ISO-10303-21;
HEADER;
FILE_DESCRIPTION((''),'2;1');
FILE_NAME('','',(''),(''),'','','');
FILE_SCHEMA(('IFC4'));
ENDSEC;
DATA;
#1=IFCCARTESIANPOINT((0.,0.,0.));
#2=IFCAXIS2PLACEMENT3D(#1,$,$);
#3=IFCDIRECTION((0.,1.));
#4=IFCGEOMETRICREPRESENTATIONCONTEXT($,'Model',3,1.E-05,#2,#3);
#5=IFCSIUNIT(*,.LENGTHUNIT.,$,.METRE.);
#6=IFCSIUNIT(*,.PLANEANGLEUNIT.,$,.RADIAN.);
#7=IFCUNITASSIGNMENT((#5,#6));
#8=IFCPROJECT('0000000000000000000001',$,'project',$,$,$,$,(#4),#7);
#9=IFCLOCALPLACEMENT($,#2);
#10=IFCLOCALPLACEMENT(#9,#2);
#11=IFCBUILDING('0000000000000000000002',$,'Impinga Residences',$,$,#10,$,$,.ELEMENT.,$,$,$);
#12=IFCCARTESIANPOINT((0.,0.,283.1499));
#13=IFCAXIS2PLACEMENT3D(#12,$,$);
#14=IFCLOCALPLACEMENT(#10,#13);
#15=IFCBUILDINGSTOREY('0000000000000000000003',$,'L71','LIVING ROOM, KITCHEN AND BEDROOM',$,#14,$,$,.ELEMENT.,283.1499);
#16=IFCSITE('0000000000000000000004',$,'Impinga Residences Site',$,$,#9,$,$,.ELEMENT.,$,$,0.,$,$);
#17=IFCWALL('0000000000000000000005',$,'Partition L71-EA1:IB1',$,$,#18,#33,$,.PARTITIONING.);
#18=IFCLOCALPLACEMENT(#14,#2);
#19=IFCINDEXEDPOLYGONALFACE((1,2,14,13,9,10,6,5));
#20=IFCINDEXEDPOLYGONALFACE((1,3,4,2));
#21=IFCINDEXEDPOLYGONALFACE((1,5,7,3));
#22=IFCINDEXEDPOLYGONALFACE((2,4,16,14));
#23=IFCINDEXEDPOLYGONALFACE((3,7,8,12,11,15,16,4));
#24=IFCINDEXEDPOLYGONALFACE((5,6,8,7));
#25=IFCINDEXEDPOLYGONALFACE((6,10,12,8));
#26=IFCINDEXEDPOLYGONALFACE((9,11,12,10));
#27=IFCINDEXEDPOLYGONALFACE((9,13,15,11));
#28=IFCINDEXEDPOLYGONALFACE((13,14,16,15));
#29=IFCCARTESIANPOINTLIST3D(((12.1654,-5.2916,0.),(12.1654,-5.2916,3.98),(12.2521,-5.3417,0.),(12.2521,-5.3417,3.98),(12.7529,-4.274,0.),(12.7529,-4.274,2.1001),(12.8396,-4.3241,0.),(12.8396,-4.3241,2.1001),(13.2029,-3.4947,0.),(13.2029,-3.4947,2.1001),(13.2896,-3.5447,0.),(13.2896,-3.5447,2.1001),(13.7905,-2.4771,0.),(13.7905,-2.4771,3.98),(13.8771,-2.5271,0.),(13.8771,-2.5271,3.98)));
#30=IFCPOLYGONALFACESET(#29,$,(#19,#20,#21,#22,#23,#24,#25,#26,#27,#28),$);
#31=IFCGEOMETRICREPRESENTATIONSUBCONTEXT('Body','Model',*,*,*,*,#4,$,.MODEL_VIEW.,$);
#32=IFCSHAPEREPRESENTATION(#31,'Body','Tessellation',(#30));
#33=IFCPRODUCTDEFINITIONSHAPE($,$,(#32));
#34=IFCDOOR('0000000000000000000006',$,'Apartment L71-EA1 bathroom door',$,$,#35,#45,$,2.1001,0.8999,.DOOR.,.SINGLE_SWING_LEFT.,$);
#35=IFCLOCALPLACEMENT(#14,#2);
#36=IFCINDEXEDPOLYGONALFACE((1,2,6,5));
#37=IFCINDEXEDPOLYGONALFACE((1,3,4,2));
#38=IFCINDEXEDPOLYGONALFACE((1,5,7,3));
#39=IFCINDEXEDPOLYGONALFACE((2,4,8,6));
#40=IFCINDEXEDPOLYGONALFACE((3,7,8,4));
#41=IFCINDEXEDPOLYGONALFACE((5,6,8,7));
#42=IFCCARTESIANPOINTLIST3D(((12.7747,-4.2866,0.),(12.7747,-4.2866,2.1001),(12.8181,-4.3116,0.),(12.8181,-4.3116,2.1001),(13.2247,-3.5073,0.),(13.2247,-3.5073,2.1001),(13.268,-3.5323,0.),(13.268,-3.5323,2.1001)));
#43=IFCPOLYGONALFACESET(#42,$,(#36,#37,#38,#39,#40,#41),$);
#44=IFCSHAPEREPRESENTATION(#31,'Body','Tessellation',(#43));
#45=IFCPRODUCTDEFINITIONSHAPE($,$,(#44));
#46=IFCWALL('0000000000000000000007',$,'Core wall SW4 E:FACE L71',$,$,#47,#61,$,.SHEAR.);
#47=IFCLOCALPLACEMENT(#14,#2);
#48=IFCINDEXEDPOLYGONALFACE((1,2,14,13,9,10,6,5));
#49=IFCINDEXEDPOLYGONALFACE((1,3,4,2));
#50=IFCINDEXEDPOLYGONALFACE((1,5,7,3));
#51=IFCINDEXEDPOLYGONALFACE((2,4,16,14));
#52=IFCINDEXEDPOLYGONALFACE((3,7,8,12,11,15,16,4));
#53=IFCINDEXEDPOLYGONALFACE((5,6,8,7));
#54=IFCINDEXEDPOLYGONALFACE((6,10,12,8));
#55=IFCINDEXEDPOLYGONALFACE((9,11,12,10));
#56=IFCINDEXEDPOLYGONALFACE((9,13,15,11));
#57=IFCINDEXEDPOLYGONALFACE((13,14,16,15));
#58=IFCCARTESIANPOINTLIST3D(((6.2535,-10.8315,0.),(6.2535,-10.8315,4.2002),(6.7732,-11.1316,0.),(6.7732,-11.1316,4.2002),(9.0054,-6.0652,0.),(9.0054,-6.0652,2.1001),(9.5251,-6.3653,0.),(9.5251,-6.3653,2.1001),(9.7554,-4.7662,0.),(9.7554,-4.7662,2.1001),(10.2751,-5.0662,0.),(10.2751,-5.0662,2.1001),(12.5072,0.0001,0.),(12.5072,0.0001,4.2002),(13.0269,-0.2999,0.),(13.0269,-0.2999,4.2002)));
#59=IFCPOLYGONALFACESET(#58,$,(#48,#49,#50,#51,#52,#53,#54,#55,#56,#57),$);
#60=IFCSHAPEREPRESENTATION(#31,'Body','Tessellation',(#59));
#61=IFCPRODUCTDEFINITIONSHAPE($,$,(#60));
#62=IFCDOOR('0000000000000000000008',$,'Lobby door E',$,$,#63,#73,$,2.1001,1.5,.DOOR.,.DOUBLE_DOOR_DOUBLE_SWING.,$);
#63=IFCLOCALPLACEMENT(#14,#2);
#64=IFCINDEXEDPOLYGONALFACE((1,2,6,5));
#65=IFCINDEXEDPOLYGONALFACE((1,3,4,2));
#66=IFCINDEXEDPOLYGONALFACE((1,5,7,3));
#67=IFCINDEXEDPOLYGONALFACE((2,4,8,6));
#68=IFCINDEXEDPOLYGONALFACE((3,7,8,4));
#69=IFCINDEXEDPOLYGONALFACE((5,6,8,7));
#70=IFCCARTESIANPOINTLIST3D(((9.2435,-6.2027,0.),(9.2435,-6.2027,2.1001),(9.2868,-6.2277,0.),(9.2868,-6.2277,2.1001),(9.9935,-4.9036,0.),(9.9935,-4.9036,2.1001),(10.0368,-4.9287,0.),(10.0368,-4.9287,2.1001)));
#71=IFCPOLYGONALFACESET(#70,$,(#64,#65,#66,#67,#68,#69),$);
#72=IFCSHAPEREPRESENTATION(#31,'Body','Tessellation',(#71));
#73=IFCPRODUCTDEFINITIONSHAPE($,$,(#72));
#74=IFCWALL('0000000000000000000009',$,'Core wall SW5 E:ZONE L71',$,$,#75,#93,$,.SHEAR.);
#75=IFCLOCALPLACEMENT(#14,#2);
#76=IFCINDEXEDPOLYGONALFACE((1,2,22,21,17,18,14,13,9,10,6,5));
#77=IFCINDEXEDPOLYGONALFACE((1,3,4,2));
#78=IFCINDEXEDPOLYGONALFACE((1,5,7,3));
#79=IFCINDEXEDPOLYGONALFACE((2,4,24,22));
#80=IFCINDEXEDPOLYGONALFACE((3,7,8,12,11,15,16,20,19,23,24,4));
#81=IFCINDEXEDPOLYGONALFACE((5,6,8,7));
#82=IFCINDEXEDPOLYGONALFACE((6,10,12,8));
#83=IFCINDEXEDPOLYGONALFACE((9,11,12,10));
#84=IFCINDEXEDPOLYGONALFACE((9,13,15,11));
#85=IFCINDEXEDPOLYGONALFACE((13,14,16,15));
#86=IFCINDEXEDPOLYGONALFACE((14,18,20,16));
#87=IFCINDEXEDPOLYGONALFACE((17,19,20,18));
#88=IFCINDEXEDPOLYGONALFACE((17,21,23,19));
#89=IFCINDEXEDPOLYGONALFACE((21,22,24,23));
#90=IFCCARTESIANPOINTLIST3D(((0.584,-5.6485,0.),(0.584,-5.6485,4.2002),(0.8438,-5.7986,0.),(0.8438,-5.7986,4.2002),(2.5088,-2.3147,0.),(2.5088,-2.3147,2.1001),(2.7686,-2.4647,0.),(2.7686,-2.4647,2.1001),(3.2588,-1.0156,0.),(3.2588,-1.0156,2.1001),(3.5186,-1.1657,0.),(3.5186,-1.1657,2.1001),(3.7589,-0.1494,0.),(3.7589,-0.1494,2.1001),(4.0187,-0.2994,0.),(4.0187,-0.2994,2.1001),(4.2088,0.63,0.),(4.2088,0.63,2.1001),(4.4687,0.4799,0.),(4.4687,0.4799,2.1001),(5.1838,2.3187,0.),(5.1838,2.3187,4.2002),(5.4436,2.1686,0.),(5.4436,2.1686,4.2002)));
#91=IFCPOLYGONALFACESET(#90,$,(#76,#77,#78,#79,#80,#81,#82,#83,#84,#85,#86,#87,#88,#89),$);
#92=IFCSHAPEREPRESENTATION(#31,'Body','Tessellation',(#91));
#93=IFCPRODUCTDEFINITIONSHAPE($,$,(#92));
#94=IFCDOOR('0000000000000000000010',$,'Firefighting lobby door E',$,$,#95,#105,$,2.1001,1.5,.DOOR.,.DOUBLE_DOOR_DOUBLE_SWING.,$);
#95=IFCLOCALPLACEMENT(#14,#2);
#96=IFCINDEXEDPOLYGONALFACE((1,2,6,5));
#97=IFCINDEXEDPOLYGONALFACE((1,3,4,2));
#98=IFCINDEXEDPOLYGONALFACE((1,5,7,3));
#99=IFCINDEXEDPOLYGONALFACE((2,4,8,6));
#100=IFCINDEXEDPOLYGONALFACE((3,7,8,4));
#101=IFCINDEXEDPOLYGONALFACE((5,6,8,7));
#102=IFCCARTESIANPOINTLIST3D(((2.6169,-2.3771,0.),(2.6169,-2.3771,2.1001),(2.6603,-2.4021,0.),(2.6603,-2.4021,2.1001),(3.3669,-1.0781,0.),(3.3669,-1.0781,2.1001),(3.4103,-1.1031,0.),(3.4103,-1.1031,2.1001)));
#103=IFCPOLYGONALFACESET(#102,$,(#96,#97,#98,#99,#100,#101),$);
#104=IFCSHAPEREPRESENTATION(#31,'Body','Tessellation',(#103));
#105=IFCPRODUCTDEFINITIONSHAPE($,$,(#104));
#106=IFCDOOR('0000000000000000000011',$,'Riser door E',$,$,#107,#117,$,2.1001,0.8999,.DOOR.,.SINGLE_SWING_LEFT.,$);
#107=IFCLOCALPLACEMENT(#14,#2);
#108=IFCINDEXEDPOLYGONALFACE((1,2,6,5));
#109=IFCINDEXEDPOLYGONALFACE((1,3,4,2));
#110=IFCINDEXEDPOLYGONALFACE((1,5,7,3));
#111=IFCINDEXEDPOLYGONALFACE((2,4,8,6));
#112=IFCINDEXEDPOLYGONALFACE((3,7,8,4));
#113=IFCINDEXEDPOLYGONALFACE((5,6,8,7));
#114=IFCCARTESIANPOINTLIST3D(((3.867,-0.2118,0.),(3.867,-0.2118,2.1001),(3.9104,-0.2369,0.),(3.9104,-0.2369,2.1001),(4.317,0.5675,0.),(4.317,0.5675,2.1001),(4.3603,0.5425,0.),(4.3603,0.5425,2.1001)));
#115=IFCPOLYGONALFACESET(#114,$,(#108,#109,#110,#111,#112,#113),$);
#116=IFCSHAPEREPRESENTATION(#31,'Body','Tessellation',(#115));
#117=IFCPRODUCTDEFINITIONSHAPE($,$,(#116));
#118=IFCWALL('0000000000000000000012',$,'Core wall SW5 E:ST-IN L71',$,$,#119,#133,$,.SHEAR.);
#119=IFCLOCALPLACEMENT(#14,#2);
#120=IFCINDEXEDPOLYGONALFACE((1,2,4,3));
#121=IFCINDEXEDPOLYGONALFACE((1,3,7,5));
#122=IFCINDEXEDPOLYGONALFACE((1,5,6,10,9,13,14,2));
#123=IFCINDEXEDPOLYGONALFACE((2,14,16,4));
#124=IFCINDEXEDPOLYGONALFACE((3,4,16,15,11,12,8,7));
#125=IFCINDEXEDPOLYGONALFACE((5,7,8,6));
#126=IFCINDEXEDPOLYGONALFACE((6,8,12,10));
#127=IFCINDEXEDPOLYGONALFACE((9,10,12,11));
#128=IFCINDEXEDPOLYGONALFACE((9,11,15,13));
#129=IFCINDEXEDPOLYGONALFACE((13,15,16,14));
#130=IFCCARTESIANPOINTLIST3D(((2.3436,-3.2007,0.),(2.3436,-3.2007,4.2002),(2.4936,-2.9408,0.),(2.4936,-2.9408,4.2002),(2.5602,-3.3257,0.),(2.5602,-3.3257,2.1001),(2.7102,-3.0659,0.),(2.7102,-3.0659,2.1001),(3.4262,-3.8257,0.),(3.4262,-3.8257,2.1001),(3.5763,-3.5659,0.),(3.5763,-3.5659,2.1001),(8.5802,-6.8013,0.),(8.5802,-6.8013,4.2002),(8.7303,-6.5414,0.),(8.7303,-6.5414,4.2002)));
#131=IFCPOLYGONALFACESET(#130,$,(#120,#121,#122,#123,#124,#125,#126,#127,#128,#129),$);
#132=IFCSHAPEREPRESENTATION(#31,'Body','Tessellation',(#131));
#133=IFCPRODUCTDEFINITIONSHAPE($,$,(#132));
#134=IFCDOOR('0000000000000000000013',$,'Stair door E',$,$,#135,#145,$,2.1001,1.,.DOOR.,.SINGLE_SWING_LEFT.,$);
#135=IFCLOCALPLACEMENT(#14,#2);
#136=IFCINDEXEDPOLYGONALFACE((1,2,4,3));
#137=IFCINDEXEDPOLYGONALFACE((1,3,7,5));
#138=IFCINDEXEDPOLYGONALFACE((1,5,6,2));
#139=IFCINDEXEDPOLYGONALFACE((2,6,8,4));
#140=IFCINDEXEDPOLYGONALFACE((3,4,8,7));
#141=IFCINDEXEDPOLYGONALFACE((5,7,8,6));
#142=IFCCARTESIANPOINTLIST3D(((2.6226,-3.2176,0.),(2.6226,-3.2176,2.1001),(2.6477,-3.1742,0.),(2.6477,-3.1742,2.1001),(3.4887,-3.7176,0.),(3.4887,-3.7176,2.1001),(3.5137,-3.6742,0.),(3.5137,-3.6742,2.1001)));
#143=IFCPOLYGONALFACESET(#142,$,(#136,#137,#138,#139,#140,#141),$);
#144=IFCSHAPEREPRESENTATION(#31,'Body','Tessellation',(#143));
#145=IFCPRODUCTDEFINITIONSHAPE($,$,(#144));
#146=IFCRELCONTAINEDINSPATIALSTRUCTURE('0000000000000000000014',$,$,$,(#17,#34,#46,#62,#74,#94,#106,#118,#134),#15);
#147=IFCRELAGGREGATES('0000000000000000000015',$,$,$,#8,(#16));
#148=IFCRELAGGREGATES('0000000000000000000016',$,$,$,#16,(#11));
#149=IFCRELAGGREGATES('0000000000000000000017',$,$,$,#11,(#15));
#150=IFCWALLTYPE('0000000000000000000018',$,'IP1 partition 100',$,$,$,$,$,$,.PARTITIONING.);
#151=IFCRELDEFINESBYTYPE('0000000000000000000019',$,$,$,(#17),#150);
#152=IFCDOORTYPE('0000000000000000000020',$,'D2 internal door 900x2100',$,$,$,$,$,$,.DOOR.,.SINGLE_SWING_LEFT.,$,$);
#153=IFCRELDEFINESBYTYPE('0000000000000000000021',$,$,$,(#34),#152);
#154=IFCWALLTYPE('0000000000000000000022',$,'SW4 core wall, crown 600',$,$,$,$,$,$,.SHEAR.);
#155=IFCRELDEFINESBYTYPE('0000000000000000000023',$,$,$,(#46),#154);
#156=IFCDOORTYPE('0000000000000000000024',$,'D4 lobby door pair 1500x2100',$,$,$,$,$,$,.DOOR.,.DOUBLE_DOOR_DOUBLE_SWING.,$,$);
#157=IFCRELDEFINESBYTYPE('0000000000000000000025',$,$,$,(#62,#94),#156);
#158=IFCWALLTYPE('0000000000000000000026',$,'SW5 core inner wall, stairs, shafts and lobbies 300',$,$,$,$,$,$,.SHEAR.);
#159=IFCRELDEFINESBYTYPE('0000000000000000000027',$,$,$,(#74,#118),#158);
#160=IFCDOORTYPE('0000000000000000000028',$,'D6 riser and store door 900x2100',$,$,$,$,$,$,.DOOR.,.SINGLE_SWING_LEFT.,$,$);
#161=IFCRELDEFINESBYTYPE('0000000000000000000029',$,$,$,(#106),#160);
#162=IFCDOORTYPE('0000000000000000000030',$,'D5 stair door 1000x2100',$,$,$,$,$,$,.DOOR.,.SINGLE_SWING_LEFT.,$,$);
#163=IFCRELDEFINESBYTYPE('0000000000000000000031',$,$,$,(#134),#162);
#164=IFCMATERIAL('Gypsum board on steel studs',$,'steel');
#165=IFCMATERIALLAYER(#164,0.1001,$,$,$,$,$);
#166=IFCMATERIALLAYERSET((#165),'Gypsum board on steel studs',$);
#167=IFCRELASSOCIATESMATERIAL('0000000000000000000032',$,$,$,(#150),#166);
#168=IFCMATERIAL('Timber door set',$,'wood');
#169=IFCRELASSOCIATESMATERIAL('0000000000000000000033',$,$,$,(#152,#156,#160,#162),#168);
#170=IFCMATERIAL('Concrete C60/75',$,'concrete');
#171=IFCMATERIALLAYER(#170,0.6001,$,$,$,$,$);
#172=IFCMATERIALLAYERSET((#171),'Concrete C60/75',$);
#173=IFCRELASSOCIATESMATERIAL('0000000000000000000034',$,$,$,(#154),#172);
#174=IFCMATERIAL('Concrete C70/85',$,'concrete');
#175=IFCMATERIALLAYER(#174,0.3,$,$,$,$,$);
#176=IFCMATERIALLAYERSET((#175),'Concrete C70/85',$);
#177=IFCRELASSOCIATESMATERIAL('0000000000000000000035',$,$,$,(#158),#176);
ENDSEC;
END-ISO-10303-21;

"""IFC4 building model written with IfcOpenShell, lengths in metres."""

from ifc_helpers import new_model, si_unit, direction, frame, frame_2d, origin, place, context, subcontext, project, spatial, rectangle, extrude, material, layer, layer_set, type_object, element, fill, save


model = new_model("IFC4")

# Units and contexts
model_context = context("Model", 3, precision=1e-05, world=origin(), true_north=direction((0.0, 1.0)))
body_context = subcontext(model_context, "Body", "Model", "MODEL_VIEW")
ifc_project = project(units=[si_unit("LENGTHUNIT", "METRE"), si_unit("PLANEANGLEUNIT", "RADIAN")], contexts=[model_context])

# Site, building, storey
site_placement = place(None, origin())
site = spatial("IfcSite", under=ifc_project, at=site_placement, Name="Impinga Residences Site", CompositionType="ELEMENT", RefElevation=0.0)
building_placement = place(site_placement, origin())
building = spatial("IfcBuilding", under=site, at=building_placement, Name="Impinga Residences", CompositionType="ELEMENT")
storey_placement = place(building_placement, frame((0.0, 0.0, 283.1499)))
storey = spatial("IfcBuildingStorey", under=building, at=storey_placement, Name="L71", Description="LIVING ROOM, KITCHEN AND BEDROOM", CompositionType="ELEMENT", Elevation=283.1499)

# Shared definitions
ifc_material_1 = material(Name="Concrete C60/75", Category="concrete")
ifc_material_2 = material(Name="Timber door set", Category="wood")

# Shared definitions
ifc_material_3 = material(Name="Gypsum board on steel studs", Category="steel")
ifc_layer_1 = layer(ifc_material_3, 0.1001)
ifc_layer_set_1 = layer_set([ifc_layer_1], Name="Gypsum board on steel studs")
wall_type_1 = type_object("IfcWallType", Name="IP1 partition 100", PredefinedType="PARTITIONING", material=ifc_layer_set_1)

# Shared definitions
door_type_1 = type_object("IfcDoorType", Name="D2 internal door 900x2100", OperationType="SINGLE_SWING_LEFT", PredefinedType="DOOR", material=ifc_material_2)

# Walls, openings, doors
wall_1_placement = place(storey_placement, frame((12.2087, -5.3167, 0.0), z_axis=(0.0, 0.0, 1.0), x_axis=(0.500017, 0.866015, 0.0)))
wall_1 = element("IfcWall", 1, at=wall_1_placement, inside=storey, type_object=wall_type_1, Name="Partition L71-EA1:IB1", PredefinedType="PARTITIONING", context=body_context, shape_type="SweptSolid", body=[
    extrude(rectangle(XDim=3.25, YDim=0.1001, at=frame_2d((1.625, 0.0))), origin(), (0.0, 0.0, 1.0), 3.98),
])
opening_1_placement = place(wall_1_placement, frame((1.175, 0.0, 0.0)))
opening_1 = element("IfcOpeningElement", 2, at=opening_1_placement, cuts=wall_1, PredefinedType="OPENING", context=body_context, shape_type="SweptSolid", body=[
    extrude(rectangle(XDim=0.8999, YDim=2.1001, at=frame_2d((0.45, 1.05))), frame((0.0, 0.0601, 0.0), z_axis=(0.0, -1.0, 0.0), x_axis=(1.0, 0.0, 0.0)), (0.0, 0.0, 1.0), 0.1201),
])
door_1_placement = place(opening_1_placement, origin())
door_1 = element("IfcDoor", 3, at=door_1_placement, inside=storey, type_object=door_type_1, Name="Apartment L71-EA1 bathroom door", OperationType="SINGLE_SWING_LEFT", OverallHeight=2.1001, OverallWidth=0.8999, PredefinedType="DOOR", context=body_context, shape_type="SweptSolid", body=[
    extrude(rectangle(XDim=0.8999, YDim=2.1001, at=frame_2d((0.45, 1.05))), frame((0.0, 0.0249, 0.0), z_axis=(0.0, -1.0, 0.0), x_axis=(1.0, 0.0, 0.0)), (0.0, 0.0, 1.0), 0.05),
])
fill(opening_1, door_1)
ifc_layer_2 = layer(ifc_material_1, 0.6001)
ifc_layer_set_2 = layer_set([ifc_layer_2], Name="Concrete C60/75")
wall_type_2 = type_object("IfcWallType", Name="SW4 core wall, crown 600", PredefinedType="SHEAR", material=ifc_layer_set_2)
wall_2_placement = place(storey_placement, frame((12.7671, -0.1499, 0.0), z_axis=(0.0, 0.0, 1.0), x_axis=(-0.500004, -0.866023, 0.0)))
wall_2 = element("IfcWall", 4, at=wall_2_placement, inside=storey, type_object=wall_type_2, Name="Core wall SW4 E:FACE L71", PredefinedType="SHEAR", context=body_context, shape_type="SweptSolid", body=[
    extrude(rectangle(XDim=12.5073, YDim=0.6001, at=frame_2d((6.2537, 0.0))), origin(), (0.0, 0.0, 1.0), 4.2002),
])
opening_2_placement = place(wall_2_placement, frame((5.5037, 0.0, 0.0)))
opening_2 = element("IfcOpeningElement", 5, at=opening_2_placement, cuts=wall_2, PredefinedType="OPENING", context=body_context, shape_type="SweptSolid", body=[
    extrude(rectangle(XDim=1.5, YDim=2.1001, at=frame_2d((0.75, 1.05))), frame((0.0, 0.3101, 0.0), z_axis=(0.0, -1.0, 0.0), x_axis=(1.0, 0.0, 0.0)), (0.0, 0.0, 1.0), 0.6201),
])
door_type_2 = type_object("IfcDoorType", Name="D4 lobby door pair 1500x2100", OperationType="DOUBLE_DOOR_DOUBLE_SWING", PredefinedType="DOOR", material=ifc_material_2)
door_2_placement = place(opening_2_placement, origin())
door_2 = element("IfcDoor", 6, at=door_2_placement, inside=storey, type_object=door_type_2, Name="Lobby door E", OperationType="DOUBLE_DOOR_DOUBLE_SWING", OverallHeight=2.1001, OverallWidth=1.5, PredefinedType="DOOR", context=body_context, shape_type="SweptSolid", body=[
    extrude(rectangle(XDim=1.5, YDim=2.1001, at=frame_2d((0.75, 1.05))), frame((0.0, 0.0249, 0.0), z_axis=(0.0, -1.0, 0.0), x_axis=(1.0, 0.0, 0.0)), (0.0, 0.0, 1.0), 0.05),
])
fill(opening_2, door_2)

# Wall, openings, doors
ifc_material_4 = material(Name="Concrete C70/85", Category="concrete")
ifc_layer_3 = layer(ifc_material_4, 0.3)
ifc_layer_set_3 = layer_set([ifc_layer_3], Name="Concrete C70/85")
wall_type_3 = type_object("IfcWallType", Name="SW5 core inner wall, stairs, shafts and lobbies 300", PredefinedType="SHEAR", material=ifc_layer_set_3)
wall_3_placement = place(storey_placement, frame((5.3137, 2.2437, 0.0), z_axis=(0.0, 0.0, 1.0), x_axis=(-0.499995, -0.866028, 0.0)))
wall_3 = element("IfcWall", 7, at=wall_3_placement, inside=storey, type_object=wall_type_3, Name="Core wall SW5 E:ZONE L71", PredefinedType="SHEAR", context=body_context, shape_type="SweptSolid", body=[
    extrude(rectangle(XDim=9.1997, YDim=0.3, at=frame_2d((4.5999, 0.0))), origin(), (0.0, 0.0, 1.0), 4.2002),
])
opening_3_placement = place(wall_3_placement, frame((3.8501, 0.0, 0.0)))
opening_3 = element("IfcOpeningElement", 8, at=opening_3_placement, cuts=wall_3, PredefinedType="OPENING", context=body_context, shape_type="SweptSolid", body=[
    extrude(rectangle(XDim=1.5, YDim=2.1001, at=frame_2d((0.75, 1.05))), frame((0.0, 0.1599, 0.0), z_axis=(0.0, -1.0, 0.0), x_axis=(1.0, 0.0, 0.0)), (0.0, 0.0, 1.0), 0.3201),
])
opening_4_placement = place(wall_3_placement, frame((1.95, 0.0, 0.0)))
opening_4 = element("IfcOpeningElement", 9, at=opening_4_placement, cuts=wall_3, PredefinedType="OPENING", context=body_context, shape_type="SweptSolid", body=[
    extrude(rectangle(XDim=0.8999, YDim=2.1001, at=frame_2d((0.45, 1.05))), frame((0.0, 0.1599, 0.0), z_axis=(0.0, -1.0, 0.0), x_axis=(1.0, 0.0, 0.0)), (0.0, 0.0, 1.0), 0.3201),
])
door_3_placement = place(opening_3_placement, origin())
door_3 = element("IfcDoor", 10, at=door_3_placement, inside=storey, type_object=door_type_2, Name="Firefighting lobby door E", OperationType="DOUBLE_DOOR_DOUBLE_SWING", OverallHeight=2.1001, OverallWidth=1.5, PredefinedType="DOOR", context=body_context, shape_type="SweptSolid", body=[
    extrude(rectangle(XDim=1.5, YDim=2.1001, at=frame_2d((0.75, 1.05))), frame((0.0, 0.0249, 0.0), z_axis=(0.0, -1.0, 0.0), x_axis=(1.0, 0.0, 0.0)), (0.0, 0.0, 1.0), 0.05),
])
fill(opening_3, door_3)
door_type_3 = type_object("IfcDoorType", Name="D6 riser and store door 900x2100", OperationType="SINGLE_SWING_LEFT", PredefinedType="DOOR", material=ifc_material_2)
door_4_placement = place(opening_4_placement, origin())
door_4 = element("IfcDoor", 11, at=door_4_placement, inside=storey, type_object=door_type_3, Name="Riser door E", OperationType="SINGLE_SWING_LEFT", OverallHeight=2.1001, OverallWidth=0.8999, PredefinedType="DOOR", context=body_context, shape_type="SweptSolid", body=[
    extrude(rectangle(XDim=0.8999, YDim=2.1001, at=frame_2d((0.45, 1.05))), frame((0.0, 0.0249, 0.0), z_axis=(0.0, -1.0, 0.0), x_axis=(1.0, 0.0, 0.0)), (0.0, 0.0, 1.0), 0.05),
])
fill(opening_4, door_4)

# Wall, opening, door
wall_4_placement = place(storey_placement, frame((2.4187, -3.0708, 0.0), z_axis=(0.0, 0.0, 1.0), x_axis=(0.866031, -0.49999, 0.0)))
wall_4 = element("IfcWall", 12, at=wall_4_placement, inside=storey, type_object=wall_type_3, Name="Core wall SW5 E:ST-IN L71", PredefinedType="SHEAR", context=body_context, shape_type="SweptSolid", body=[
    extrude(rectangle(XDim=7.2014, YDim=0.3, at=frame_2d((3.6006, 0.0))), origin(), (0.0, 0.0, 1.0), 4.2002),
])
opening_5_placement = place(wall_4_placement, frame((0.25, 0.0, 0.0)))
opening_5 = element("IfcOpeningElement", 13, at=opening_5_placement, cuts=wall_4, PredefinedType="OPENING", context=body_context, shape_type="SweptSolid", body=[
    extrude(rectangle(XDim=1.0, YDim=2.1001, at=frame_2d((0.5, 1.05))), frame((0.0, 0.1599, 0.0), z_axis=(0.0, -1.0, 0.0), x_axis=(1.0, 0.0, 0.0)), (0.0, 0.0, 1.0), 0.3201),
])
door_type_4 = type_object("IfcDoorType", Name="D5 stair door 1000x2100", OperationType="SINGLE_SWING_LEFT", PredefinedType="DOOR", material=ifc_material_2)
door_5_placement = place(opening_5_placement, origin())
door_5 = element("IfcDoor", 14, at=door_5_placement, inside=storey, type_object=door_type_4, Name="Stair door E", OperationType="SINGLE_SWING_LEFT", OverallHeight=2.1001, OverallWidth=1.0, PredefinedType="DOOR", context=body_context, shape_type="SweptSolid", body=[
    extrude(rectangle(XDim=1.0, YDim=2.1001, at=frame_2d((0.5, 1.05))), frame((0.0, 0.0249, 0.0), z_axis=(0.0, -1.0, 0.0), x_axis=(1.0, 0.0, 0.0)), (0.0, 0.0, 1.0), 0.05),
])
fill(opening_5, door_5)

save(model, "model.ifc")
